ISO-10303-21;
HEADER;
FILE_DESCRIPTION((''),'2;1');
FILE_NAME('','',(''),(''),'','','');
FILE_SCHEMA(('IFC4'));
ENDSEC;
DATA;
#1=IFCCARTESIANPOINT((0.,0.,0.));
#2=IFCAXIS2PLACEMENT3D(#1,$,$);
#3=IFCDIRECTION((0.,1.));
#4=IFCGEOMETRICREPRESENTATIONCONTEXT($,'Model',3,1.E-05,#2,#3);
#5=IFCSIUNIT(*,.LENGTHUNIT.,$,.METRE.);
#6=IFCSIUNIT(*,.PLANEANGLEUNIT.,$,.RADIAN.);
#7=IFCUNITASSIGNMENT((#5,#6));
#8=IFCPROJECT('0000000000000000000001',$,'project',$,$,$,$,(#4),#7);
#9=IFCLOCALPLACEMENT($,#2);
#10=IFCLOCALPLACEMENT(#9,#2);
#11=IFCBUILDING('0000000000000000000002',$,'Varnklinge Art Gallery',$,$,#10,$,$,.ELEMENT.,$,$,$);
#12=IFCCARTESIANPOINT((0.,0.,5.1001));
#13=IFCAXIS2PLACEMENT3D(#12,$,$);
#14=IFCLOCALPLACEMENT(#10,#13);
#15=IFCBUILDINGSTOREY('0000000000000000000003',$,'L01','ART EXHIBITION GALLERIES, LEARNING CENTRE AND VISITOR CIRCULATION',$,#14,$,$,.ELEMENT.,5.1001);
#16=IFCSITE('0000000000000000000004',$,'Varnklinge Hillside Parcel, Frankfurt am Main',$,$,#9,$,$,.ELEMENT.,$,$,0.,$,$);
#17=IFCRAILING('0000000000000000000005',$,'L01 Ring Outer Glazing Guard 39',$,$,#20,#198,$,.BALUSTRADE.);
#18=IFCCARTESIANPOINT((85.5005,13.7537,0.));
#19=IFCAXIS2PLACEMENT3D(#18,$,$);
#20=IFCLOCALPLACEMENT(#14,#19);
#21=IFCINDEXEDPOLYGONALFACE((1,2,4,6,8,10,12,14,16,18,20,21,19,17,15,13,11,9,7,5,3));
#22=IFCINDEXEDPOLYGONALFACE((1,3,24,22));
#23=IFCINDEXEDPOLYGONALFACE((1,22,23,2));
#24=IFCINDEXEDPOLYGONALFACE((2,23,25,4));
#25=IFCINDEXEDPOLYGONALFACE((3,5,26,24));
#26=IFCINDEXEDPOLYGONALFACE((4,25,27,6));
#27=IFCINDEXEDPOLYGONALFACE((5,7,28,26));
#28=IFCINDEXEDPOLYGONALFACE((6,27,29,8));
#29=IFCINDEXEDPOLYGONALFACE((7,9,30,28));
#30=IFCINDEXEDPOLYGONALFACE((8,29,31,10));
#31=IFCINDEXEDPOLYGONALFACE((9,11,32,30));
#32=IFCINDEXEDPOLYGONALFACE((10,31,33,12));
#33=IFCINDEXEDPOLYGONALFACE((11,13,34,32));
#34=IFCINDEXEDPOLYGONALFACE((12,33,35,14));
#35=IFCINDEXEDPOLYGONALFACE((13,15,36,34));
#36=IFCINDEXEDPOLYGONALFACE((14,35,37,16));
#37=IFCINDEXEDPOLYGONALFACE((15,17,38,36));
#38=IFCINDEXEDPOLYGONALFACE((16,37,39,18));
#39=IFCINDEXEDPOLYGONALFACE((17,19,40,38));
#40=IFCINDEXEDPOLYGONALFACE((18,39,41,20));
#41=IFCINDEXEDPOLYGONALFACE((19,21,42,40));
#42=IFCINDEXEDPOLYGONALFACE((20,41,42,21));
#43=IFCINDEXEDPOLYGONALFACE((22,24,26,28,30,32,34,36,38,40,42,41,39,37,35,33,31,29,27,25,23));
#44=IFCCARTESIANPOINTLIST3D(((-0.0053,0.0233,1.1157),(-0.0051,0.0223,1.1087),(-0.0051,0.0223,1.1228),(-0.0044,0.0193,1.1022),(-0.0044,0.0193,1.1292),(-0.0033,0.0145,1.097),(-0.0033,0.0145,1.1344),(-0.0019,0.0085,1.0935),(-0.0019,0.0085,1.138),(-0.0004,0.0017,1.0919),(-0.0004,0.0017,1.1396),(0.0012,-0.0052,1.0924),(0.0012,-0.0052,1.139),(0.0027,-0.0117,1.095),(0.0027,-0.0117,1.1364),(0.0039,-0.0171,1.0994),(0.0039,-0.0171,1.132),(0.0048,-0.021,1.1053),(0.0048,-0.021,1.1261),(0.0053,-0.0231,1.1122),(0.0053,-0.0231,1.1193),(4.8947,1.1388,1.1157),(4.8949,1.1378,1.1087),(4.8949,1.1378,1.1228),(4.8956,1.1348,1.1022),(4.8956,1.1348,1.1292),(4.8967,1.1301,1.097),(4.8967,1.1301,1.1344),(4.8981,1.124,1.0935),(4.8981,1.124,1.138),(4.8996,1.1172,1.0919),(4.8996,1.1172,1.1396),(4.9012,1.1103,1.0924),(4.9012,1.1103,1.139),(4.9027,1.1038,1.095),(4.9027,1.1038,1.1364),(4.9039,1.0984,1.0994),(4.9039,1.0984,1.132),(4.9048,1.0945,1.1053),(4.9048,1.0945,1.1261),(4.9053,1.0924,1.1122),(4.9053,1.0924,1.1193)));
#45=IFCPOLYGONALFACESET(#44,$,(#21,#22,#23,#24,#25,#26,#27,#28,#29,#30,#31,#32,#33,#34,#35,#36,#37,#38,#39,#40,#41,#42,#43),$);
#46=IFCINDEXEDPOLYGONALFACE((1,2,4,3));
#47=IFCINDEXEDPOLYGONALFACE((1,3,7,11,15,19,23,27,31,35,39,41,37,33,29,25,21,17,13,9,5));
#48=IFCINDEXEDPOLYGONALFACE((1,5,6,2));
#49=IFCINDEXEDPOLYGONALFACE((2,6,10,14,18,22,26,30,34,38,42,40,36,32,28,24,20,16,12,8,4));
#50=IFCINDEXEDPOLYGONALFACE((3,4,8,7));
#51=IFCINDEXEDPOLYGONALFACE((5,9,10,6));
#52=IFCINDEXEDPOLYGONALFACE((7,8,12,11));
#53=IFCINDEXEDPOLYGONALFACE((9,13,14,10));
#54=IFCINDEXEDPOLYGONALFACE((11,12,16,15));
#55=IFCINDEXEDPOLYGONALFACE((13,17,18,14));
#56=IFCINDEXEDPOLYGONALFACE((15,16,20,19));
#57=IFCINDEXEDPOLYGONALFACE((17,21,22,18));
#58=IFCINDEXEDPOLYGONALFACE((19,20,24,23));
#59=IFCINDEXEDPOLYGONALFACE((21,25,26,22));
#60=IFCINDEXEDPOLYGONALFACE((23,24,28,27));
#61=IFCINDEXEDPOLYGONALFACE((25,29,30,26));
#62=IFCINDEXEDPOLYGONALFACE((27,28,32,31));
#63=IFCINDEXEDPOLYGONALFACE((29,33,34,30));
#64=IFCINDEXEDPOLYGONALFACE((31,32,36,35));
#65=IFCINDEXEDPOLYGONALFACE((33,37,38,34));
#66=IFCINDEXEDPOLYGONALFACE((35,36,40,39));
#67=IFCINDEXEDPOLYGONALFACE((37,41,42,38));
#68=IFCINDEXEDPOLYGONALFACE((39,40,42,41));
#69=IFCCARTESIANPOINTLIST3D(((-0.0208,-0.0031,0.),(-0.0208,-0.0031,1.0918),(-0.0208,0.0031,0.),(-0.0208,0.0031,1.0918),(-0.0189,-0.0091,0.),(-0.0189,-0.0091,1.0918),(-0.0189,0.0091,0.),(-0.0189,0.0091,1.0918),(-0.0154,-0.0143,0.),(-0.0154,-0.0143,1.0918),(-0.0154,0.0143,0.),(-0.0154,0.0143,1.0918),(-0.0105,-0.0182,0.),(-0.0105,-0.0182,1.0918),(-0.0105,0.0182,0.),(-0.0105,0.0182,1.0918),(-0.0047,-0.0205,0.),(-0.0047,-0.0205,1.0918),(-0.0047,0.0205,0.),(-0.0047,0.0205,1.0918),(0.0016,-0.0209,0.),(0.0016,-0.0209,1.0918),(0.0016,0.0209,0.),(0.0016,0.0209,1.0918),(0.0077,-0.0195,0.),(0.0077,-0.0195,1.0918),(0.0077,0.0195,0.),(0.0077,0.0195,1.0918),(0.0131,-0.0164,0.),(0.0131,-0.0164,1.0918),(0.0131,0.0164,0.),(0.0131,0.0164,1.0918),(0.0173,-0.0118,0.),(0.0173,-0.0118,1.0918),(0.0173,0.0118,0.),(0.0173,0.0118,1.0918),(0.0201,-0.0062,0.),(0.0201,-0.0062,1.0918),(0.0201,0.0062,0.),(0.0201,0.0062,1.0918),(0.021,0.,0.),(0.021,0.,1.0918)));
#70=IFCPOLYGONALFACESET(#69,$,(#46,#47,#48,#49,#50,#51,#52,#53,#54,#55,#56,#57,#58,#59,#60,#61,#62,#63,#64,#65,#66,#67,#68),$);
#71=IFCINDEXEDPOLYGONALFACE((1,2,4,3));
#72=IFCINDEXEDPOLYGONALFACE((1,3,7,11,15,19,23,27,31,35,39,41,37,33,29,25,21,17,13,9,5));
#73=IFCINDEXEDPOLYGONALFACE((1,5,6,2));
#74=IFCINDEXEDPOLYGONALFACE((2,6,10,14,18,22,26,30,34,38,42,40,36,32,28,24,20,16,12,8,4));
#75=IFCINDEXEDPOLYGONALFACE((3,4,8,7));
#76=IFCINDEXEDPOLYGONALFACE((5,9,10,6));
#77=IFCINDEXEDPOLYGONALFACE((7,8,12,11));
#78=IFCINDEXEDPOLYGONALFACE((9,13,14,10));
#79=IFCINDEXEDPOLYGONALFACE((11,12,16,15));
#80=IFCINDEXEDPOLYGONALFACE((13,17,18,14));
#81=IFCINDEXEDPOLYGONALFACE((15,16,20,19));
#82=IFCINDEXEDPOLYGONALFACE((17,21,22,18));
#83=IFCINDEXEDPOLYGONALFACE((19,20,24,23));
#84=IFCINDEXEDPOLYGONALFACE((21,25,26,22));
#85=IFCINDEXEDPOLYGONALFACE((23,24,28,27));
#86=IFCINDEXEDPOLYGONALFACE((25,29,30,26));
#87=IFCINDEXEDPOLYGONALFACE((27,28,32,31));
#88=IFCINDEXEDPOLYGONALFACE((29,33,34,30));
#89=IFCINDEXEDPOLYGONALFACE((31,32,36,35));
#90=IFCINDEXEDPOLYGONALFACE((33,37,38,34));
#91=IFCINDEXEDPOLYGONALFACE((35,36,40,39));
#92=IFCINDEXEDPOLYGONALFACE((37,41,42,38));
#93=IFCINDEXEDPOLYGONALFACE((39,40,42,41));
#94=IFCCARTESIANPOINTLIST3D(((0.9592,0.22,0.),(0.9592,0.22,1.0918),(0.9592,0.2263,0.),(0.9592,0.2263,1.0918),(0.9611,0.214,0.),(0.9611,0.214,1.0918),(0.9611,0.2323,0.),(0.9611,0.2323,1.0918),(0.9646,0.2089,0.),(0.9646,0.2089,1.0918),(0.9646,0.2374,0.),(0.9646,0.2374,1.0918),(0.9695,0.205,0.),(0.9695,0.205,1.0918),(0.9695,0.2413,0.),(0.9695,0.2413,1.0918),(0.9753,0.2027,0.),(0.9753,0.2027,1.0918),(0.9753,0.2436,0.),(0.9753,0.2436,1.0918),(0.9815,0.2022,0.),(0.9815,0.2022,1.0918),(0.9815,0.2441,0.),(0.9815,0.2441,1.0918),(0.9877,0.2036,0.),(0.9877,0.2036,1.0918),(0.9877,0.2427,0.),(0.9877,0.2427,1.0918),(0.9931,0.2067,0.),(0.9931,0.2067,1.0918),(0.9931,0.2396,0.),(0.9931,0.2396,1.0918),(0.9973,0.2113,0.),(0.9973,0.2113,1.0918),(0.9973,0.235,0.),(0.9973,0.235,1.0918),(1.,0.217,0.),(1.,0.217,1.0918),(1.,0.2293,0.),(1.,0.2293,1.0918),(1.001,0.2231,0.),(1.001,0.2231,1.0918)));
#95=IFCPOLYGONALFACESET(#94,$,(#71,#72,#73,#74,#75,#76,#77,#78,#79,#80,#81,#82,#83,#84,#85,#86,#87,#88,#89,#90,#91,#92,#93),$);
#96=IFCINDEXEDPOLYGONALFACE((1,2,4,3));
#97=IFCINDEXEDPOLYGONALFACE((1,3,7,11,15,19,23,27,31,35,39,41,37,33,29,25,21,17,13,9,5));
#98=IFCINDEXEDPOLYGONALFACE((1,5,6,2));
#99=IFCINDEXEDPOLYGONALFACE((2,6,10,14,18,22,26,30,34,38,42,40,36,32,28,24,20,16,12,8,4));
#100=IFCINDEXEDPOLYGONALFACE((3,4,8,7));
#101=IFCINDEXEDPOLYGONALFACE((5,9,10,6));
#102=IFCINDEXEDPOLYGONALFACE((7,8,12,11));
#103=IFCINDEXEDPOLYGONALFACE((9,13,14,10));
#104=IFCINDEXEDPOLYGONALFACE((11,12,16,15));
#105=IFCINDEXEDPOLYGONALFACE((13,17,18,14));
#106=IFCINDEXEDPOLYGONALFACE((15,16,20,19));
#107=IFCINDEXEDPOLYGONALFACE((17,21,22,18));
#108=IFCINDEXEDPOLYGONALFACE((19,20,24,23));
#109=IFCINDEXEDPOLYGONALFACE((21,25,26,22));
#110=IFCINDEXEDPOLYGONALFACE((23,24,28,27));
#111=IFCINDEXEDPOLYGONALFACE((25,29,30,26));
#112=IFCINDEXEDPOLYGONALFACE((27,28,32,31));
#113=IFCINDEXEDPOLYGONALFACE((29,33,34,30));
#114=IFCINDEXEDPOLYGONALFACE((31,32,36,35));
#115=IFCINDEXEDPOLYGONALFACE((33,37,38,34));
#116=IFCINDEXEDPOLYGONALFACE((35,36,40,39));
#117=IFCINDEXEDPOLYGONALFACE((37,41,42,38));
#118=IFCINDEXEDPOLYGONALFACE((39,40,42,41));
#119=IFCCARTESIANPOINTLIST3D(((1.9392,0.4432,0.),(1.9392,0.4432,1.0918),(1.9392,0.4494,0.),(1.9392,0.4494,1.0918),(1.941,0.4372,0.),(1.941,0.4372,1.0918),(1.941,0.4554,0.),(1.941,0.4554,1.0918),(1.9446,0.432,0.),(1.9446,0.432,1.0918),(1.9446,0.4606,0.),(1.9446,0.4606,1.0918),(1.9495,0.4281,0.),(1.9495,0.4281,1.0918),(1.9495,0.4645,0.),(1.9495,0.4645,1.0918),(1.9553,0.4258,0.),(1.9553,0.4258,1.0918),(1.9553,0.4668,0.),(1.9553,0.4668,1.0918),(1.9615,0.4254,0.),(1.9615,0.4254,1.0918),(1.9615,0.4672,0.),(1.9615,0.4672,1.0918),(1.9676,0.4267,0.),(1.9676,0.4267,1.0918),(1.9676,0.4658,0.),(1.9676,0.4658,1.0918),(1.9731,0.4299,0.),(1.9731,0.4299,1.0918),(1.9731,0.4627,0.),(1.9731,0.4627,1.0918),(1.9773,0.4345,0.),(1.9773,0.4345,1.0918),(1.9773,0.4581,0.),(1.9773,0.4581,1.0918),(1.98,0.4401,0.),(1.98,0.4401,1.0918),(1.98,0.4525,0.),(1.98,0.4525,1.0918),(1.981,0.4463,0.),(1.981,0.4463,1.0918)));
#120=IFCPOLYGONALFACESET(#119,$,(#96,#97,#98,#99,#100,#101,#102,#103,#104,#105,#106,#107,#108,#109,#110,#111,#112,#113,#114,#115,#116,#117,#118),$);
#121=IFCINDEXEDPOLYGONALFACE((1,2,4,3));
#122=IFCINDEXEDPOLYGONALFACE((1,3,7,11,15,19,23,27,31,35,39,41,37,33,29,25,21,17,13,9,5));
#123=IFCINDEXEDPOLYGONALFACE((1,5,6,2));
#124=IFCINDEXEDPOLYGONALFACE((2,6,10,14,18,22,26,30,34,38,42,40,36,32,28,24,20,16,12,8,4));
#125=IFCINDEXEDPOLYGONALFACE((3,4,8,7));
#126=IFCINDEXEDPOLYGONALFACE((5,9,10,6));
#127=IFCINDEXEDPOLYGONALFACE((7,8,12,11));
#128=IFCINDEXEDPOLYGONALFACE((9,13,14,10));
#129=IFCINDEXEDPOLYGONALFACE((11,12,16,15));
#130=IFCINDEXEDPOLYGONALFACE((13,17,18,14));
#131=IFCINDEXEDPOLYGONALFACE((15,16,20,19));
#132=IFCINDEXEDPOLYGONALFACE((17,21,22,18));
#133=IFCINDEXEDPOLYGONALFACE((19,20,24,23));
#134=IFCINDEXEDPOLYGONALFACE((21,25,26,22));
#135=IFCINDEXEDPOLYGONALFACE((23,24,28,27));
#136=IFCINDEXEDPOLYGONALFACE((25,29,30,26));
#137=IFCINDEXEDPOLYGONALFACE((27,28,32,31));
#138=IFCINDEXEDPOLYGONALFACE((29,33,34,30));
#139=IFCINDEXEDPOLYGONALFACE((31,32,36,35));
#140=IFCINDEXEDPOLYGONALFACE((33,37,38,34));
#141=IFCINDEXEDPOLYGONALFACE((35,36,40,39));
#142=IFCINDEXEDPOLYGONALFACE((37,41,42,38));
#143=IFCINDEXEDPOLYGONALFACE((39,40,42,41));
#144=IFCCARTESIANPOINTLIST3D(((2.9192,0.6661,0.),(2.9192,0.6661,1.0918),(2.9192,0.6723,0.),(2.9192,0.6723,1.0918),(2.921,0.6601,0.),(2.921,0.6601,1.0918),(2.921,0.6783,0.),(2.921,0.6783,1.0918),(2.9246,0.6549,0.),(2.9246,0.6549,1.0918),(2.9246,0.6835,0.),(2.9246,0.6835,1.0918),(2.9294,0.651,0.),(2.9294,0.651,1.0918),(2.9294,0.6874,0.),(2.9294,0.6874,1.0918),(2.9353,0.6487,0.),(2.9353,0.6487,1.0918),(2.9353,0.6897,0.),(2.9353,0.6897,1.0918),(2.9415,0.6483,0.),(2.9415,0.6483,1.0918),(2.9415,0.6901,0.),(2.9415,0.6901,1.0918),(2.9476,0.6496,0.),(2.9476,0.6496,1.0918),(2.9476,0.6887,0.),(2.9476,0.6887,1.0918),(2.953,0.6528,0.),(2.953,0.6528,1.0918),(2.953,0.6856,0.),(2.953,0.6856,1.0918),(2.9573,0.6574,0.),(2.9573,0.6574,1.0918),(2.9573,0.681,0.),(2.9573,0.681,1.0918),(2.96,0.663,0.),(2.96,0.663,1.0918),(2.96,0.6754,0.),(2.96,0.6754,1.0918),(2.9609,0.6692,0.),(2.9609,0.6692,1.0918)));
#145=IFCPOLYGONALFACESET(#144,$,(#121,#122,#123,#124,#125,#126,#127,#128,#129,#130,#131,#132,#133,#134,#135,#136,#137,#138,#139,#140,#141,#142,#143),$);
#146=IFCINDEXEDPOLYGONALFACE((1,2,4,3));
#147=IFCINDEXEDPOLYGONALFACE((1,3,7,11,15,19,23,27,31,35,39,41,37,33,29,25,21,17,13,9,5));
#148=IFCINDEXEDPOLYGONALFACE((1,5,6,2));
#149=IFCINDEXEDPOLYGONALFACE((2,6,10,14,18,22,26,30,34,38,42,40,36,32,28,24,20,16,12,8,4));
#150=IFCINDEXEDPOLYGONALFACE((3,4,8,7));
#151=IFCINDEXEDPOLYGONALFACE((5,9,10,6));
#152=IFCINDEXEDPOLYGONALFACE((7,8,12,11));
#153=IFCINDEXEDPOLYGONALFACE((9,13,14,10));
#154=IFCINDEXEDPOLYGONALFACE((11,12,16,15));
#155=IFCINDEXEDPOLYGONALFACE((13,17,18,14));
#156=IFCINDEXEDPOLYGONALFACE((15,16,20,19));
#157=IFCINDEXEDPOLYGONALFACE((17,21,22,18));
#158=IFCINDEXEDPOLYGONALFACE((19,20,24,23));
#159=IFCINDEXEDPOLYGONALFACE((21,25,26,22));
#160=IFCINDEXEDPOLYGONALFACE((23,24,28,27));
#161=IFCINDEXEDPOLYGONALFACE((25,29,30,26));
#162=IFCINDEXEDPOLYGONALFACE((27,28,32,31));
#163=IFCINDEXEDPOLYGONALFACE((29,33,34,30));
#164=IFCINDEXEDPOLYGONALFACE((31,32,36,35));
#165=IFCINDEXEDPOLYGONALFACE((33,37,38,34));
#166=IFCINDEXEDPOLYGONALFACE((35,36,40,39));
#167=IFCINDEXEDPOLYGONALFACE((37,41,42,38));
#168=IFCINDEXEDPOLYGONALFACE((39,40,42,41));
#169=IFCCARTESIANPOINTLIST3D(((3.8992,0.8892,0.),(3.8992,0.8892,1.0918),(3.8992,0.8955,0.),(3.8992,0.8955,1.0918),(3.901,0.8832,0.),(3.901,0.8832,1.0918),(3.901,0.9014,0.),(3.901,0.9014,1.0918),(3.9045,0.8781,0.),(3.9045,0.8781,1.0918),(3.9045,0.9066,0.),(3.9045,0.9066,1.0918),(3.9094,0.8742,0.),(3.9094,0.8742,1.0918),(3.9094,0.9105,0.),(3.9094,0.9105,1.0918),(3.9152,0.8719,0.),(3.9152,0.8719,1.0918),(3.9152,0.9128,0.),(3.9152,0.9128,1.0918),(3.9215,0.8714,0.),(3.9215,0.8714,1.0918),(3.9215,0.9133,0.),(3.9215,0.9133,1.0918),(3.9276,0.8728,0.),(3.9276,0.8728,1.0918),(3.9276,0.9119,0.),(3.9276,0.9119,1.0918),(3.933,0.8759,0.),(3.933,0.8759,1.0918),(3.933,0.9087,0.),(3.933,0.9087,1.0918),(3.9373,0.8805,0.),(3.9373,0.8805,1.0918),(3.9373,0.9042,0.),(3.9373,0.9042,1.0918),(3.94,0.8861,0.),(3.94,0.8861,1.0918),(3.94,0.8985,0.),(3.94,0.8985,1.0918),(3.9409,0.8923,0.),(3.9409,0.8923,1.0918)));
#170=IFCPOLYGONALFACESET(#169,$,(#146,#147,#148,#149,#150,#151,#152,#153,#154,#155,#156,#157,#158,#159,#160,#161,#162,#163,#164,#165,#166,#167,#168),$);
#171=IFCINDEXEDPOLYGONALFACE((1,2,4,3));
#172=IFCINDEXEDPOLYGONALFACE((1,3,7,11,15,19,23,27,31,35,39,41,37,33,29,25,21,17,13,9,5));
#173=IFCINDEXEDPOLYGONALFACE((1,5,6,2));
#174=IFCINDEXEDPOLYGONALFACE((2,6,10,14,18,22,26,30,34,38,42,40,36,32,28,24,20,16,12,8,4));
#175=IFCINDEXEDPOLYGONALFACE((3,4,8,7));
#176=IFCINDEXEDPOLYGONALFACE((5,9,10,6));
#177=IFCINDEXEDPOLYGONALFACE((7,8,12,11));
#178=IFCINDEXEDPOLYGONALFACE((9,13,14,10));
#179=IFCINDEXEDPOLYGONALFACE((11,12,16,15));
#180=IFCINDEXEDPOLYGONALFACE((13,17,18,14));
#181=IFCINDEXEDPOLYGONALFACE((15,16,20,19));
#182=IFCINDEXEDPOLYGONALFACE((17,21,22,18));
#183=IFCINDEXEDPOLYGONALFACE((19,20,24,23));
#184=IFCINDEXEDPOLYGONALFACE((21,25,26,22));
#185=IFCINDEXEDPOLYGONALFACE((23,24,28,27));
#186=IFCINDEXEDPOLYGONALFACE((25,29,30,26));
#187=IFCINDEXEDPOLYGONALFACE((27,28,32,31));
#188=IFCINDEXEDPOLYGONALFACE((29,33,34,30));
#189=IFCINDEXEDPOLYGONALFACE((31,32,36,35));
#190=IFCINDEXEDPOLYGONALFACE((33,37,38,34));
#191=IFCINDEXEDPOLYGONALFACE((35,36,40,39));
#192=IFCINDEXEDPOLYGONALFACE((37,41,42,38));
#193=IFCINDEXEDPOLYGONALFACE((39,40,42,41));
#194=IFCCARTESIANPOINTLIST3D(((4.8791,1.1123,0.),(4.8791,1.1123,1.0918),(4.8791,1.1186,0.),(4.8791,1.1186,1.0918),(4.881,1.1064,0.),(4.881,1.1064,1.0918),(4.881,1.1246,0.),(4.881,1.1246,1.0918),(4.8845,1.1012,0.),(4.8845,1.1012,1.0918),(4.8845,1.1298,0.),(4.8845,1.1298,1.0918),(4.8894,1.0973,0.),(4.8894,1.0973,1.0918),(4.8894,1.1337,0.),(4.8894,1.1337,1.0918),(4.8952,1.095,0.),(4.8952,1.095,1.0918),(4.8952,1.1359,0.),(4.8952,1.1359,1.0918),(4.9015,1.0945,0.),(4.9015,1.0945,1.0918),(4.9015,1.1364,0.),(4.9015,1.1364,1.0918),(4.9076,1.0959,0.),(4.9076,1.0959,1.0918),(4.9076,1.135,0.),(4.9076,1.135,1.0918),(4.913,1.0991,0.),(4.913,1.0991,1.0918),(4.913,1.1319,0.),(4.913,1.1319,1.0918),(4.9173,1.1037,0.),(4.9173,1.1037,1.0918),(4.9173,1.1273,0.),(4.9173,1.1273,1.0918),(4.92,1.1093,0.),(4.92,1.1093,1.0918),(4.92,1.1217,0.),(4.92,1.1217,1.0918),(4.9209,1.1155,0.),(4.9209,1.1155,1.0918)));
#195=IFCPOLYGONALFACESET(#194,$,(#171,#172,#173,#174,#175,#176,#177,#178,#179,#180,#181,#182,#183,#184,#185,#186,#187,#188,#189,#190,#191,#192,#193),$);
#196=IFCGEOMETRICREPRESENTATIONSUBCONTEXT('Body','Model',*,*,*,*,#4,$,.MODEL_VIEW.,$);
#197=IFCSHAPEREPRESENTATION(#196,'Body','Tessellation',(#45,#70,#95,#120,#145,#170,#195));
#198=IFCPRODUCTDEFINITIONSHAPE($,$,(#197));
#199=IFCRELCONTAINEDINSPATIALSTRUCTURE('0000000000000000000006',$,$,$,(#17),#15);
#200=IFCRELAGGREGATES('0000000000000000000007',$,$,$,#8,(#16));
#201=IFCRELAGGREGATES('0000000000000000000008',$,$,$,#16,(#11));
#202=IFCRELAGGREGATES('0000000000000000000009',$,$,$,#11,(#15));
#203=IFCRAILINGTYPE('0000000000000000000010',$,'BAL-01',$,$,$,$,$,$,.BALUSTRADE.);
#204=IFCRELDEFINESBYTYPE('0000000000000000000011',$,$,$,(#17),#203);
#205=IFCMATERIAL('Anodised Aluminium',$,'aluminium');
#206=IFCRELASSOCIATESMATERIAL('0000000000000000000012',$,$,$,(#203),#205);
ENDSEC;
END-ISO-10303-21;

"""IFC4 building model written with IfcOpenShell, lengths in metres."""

from ifc_helpers import new_model, si_unit, direction, frame, origin, origin_2d, place, context, subcontext, project, spatial, circle, extrude, material, type_object, element, save


model = new_model("IFC4")

# Units and contexts
model_context = context("Model", 3, precision=1e-05, world=origin(), true_north=direction((0.0, 1.0)))
body_context = subcontext(model_context, "Body", "Model", "MODEL_VIEW")
ifc_project = project(units=[si_unit("LENGTHUNIT", "METRE"), si_unit("PLANEANGLEUNIT", "RADIAN")], contexts=[model_context])

# Site, building, storey
site_placement = place(None, origin())
site = spatial("IfcSite", under=ifc_project, at=site_placement, Name="Varnklinge Hillside Parcel, Frankfurt am Main", CompositionType="ELEMENT", RefElevation=0.0)
building_placement = place(site_placement, origin())
building = spatial("IfcBuilding", under=site, at=building_placement, Name="Varnklinge Art Gallery", CompositionType="ELEMENT")
storey_placement = place(building_placement, frame((0.0, 0.0, 5.1001)))
storey = spatial("IfcBuildingStorey", under=building, at=storey_placement, Name="L01", Description="ART EXHIBITION GALLERIES, LEARNING CENTRE AND VISITOR CIRCULATION", CompositionType="ELEMENT", Elevation=5.1001)

# Railing
ifc_material_1 = material(Name="Anodised Aluminium", Category="aluminium")
railing_type = type_object("IfcRailingType", Name="BAL-01", PredefinedType="BALUSTRADE", material=ifc_material_1)
railing_1_placement = place(storey_placement, frame((85.5005, 13.7537, 0.0)))
element("IfcRailing", 1, at=railing_1_placement, inside=storey, type_object=railing_type, Name="L01 Ring Outer Glazing Guard 39", PredefinedType="BALUSTRADE", context=body_context, shape_type="SweptSolid", body=[
    extrude(circle(Radius=0.0239, at=origin_2d()), frame((0.0, 0.0, 1.1157), z_axis=(0.975053, 0.221974, 0.0), x_axis=(-0.221974, 0.975053, 0.0)), (0.0, 0.0, 1.0), 5.0254),
    extrude(circle(Radius=0.021, at=origin_2d()), origin(), (0.0, 0.0, 1.0), 1.0918),
    extrude(circle(Radius=0.021, at=origin_2d()), frame((0.98, 0.2231, 0.0)), (0.0, 0.0, 1.0), 1.0918),
    extrude(circle(Radius=0.021, at=origin_2d()), frame((1.96, 0.4463, 0.0)), (0.0, 0.0, 1.0), 1.0918),
    extrude(circle(Radius=0.021, at=origin_2d()), frame((2.9399, 0.6692, 0.0)), (0.0, 0.0, 1.0), 1.0918),
    extrude(circle(Radius=0.021, at=origin_2d()), frame((3.9199, 0.8923, 0.0)), (0.0, 0.0, 1.0), 1.0918),
    extrude(circle(Radius=0.021, at=origin_2d()), frame((4.8999, 1.1155, 0.0)), (0.0, 0.0, 1.0), 1.0918),
])

save(model, "model.ifc")
